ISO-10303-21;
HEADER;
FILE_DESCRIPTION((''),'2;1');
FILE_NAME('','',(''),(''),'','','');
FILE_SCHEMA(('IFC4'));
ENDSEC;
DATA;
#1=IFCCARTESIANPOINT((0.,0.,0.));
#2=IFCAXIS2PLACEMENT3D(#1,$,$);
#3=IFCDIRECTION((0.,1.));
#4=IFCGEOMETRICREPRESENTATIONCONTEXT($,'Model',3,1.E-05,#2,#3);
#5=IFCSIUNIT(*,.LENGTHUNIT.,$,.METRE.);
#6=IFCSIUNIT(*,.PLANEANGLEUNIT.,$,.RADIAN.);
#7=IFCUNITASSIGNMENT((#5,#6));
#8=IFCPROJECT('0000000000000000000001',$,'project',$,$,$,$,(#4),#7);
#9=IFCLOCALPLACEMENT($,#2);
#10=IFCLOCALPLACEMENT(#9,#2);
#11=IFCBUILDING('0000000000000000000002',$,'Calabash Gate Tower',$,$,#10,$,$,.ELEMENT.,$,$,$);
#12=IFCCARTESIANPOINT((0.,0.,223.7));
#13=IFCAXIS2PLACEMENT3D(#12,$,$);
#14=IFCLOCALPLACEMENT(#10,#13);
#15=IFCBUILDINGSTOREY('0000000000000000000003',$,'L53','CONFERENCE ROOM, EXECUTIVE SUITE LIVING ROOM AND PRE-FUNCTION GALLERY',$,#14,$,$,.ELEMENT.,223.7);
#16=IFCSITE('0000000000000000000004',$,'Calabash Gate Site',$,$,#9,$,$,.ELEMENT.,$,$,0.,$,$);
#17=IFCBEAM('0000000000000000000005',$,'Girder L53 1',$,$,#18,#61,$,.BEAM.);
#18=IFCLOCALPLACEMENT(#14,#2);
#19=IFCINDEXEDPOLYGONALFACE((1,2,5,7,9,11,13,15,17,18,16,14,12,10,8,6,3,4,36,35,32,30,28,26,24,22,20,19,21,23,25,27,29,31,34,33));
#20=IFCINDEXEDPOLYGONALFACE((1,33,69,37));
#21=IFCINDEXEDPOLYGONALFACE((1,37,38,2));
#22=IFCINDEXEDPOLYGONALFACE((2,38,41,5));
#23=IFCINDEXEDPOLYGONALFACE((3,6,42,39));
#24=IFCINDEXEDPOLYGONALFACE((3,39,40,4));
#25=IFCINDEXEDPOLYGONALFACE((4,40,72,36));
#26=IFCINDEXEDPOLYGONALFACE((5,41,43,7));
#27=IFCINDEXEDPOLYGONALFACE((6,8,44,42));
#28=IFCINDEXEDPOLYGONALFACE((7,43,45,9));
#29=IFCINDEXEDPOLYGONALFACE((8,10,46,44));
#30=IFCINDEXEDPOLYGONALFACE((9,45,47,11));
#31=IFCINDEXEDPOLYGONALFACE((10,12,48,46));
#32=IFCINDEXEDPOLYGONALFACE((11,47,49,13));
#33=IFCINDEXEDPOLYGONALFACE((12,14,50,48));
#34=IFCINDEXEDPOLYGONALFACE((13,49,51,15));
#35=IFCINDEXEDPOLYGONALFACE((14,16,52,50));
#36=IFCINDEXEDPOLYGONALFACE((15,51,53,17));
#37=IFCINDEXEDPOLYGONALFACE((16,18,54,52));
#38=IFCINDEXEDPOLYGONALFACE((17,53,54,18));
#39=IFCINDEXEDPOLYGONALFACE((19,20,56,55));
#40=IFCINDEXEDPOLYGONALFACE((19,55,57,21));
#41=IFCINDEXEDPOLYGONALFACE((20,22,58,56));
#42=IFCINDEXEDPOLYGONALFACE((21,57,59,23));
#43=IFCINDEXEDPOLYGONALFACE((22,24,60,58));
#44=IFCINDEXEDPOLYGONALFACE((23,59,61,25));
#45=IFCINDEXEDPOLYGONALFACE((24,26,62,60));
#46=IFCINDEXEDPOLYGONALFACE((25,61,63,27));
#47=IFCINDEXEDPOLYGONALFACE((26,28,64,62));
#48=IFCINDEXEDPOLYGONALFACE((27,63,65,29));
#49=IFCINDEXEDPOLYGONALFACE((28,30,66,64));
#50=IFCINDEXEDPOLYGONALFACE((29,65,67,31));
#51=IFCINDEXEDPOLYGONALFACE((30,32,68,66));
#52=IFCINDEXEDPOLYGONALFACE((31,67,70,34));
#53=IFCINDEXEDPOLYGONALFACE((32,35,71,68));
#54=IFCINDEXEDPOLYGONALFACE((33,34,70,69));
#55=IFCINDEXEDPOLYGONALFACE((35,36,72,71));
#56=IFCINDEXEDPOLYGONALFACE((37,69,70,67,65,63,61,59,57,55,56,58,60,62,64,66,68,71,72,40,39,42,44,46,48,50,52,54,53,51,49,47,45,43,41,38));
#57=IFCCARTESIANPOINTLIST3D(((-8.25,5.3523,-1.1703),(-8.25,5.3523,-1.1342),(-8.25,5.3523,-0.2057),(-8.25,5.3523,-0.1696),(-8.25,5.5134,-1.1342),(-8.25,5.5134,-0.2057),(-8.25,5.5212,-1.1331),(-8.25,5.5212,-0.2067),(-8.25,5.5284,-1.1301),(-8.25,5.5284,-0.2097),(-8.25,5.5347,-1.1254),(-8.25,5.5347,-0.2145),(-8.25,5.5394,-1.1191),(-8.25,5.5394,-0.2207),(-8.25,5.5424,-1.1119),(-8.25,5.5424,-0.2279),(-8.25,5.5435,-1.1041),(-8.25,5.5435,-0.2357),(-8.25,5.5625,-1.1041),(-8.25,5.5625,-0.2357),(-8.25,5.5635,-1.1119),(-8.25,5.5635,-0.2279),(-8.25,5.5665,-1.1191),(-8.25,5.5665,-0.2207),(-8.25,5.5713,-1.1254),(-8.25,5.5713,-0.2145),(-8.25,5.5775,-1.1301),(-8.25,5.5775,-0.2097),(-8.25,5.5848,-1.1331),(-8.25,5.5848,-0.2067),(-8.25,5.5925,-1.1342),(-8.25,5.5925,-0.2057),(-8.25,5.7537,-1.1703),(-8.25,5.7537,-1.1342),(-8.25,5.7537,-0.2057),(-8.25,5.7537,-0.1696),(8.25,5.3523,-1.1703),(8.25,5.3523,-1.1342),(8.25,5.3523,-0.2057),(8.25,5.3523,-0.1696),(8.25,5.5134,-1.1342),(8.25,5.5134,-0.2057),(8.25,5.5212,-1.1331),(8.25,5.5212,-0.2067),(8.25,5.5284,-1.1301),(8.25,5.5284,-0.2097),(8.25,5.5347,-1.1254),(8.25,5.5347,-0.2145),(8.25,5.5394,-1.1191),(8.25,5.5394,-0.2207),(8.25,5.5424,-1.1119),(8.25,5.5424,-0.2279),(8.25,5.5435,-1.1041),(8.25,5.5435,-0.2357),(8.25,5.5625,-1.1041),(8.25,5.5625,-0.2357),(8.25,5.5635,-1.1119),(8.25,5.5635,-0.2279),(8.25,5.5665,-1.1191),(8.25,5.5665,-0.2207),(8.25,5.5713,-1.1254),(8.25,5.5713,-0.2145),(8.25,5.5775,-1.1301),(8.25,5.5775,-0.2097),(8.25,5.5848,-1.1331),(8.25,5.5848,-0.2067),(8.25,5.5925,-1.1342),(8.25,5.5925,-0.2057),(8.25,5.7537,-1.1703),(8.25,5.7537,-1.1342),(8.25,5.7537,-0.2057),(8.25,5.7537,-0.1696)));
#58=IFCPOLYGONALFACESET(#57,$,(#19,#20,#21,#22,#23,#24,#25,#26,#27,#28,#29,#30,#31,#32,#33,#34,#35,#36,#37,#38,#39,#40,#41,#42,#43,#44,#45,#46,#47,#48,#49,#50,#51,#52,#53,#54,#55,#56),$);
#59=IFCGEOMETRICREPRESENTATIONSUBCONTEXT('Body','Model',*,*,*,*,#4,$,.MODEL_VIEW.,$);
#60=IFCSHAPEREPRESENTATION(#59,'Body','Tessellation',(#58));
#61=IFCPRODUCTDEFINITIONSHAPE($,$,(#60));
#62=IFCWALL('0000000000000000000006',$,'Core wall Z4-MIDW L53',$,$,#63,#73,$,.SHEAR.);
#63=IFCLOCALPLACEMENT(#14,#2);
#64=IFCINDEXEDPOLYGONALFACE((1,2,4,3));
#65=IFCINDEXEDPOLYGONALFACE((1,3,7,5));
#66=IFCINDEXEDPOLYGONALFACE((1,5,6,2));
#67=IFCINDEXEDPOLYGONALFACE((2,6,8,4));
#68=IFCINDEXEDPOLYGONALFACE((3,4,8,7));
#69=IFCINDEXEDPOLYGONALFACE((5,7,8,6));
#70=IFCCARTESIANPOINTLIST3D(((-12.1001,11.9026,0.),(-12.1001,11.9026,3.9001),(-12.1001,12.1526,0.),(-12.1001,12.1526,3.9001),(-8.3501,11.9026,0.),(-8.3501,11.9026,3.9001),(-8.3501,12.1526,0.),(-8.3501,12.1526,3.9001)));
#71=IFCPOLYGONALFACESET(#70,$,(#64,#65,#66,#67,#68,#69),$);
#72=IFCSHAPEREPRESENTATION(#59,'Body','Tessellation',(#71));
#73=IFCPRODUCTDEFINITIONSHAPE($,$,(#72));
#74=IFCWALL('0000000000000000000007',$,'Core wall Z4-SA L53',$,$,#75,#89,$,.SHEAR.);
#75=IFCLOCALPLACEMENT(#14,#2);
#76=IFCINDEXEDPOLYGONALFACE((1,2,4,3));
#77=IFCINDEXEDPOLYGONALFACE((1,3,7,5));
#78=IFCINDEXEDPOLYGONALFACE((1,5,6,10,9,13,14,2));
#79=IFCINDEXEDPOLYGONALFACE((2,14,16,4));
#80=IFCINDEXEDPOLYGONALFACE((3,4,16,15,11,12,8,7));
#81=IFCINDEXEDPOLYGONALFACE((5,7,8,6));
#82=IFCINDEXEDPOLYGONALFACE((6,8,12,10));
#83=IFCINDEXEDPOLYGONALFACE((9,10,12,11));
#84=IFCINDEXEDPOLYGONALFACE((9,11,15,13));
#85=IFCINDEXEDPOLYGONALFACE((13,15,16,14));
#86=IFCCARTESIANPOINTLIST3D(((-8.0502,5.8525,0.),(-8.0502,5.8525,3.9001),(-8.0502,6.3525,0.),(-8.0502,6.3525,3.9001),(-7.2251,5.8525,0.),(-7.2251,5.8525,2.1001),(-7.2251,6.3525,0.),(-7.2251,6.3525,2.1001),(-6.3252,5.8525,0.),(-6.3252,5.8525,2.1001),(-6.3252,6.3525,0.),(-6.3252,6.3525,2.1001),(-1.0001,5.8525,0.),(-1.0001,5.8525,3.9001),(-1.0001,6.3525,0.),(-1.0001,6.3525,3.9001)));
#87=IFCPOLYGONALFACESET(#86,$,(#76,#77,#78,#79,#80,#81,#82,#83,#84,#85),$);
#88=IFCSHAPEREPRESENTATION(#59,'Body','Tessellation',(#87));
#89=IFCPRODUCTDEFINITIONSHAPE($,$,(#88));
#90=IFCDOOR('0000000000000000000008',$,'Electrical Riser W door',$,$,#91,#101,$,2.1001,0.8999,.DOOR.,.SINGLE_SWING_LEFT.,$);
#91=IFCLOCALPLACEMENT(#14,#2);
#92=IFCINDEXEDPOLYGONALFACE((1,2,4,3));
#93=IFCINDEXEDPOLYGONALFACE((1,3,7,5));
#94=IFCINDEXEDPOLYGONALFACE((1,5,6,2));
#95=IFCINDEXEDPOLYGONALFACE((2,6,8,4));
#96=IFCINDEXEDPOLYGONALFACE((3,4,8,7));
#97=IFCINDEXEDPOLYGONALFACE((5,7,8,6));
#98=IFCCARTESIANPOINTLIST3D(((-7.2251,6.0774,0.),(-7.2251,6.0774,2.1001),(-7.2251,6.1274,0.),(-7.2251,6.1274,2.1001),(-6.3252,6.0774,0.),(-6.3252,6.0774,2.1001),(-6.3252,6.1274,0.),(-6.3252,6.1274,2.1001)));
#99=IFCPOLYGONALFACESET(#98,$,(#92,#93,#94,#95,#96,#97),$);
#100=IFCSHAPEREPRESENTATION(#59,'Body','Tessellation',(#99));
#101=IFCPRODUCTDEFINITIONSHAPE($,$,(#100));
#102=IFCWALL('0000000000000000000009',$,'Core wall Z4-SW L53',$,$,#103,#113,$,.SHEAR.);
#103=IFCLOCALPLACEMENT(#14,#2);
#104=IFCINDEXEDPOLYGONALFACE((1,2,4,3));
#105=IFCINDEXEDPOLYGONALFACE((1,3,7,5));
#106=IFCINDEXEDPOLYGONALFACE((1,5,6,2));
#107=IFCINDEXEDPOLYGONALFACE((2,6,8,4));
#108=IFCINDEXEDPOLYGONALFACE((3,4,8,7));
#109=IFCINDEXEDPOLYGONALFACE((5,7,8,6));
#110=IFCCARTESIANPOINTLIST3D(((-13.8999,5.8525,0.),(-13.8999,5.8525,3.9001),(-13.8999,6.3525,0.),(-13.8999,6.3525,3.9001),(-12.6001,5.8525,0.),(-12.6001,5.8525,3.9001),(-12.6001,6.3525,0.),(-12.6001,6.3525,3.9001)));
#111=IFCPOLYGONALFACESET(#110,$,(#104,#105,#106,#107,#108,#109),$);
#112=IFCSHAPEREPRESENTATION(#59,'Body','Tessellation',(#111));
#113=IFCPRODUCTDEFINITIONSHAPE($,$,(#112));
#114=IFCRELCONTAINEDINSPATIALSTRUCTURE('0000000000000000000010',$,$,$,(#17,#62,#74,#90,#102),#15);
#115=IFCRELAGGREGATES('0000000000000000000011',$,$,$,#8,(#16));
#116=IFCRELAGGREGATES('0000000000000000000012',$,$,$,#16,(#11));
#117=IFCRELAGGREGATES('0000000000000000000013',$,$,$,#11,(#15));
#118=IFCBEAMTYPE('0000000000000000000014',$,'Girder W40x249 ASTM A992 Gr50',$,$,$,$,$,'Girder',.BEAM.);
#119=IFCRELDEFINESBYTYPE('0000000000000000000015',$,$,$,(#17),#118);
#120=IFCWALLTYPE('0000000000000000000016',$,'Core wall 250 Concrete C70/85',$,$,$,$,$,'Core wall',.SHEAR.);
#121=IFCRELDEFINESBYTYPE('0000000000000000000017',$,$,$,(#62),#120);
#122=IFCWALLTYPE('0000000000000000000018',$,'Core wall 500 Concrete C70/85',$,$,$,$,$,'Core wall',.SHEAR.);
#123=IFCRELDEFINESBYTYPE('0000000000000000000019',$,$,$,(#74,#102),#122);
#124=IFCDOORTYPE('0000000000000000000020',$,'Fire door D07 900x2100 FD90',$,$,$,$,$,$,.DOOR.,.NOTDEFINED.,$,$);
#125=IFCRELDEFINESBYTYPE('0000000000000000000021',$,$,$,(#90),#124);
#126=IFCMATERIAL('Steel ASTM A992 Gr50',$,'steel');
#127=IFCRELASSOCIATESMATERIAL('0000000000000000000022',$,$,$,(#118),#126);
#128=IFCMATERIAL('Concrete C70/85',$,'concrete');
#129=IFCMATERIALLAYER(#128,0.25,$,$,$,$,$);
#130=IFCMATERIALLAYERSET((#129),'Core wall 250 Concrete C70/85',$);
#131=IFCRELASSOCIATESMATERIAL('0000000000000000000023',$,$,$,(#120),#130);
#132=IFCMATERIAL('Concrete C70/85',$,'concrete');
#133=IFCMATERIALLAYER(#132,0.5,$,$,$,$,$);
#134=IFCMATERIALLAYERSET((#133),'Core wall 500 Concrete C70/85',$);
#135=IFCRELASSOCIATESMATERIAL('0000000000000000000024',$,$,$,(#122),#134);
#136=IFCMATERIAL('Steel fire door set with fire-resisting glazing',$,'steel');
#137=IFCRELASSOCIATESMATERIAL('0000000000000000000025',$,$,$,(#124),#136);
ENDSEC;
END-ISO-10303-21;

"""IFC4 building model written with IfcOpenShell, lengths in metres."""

from ifc_helpers import new_model, si_unit, direction, frame, frame_2d, origin, origin_2d, place, context, subcontext, project, spatial, rectangle, i_section, extrude, material, layer, layer_set, material_profile, profile_set, type_object, element, fill, save


model = new_model("IFC4")

# Units and contexts
model_context = context("Model", 3, precision=1e-05, world=origin(), true_north=direction((0.0, 1.0)))
body_context = subcontext(model_context, "Body", "Model", "MODEL_VIEW")
ifc_project = project(units=[si_unit("LENGTHUNIT", "METRE"), si_unit("PLANEANGLEUNIT", "RADIAN")], contexts=[model_context])

# Site, building, storey
site_placement = place(None, origin())
site = spatial("IfcSite", under=ifc_project, at=site_placement, Name="Calabash Gate Site", CompositionType="ELEMENT", RefElevation=0.0)
building_placement = place(site_placement, origin())
building = spatial("IfcBuilding", under=site, at=building_placement, Name="Calabash Gate Tower", CompositionType="ELEMENT")
storey_placement = place(building_placement, frame((0.0, 0.0, 223.7)))
storey = spatial("IfcBuildingStorey", under=building, at=storey_placement, Name="L53", Description="CONFERENCE ROOM, EXECUTIVE SUITE LIVING ROOM AND PRE-FUNCTION GALLERY", CompositionType="ELEMENT", Elevation=223.7)

# Beam
ifc_material_1 = material(Name="Steel ASTM A992 Gr50", Category="steel")
ifc_material_profile = material_profile(ifc_material_1, i_section(OverallWidth=0.4014, OverallDepth=1.0007, WebThickness=0.019, FlangeThickness=0.0361, FilletRadius=0.03, at=origin_2d()))
ifc_profile_set = profile_set([ifc_material_profile], Name="Steel ASTM A992 Gr50")
beam_type = type_object("IfcBeamType", Name="Girder W40x249 ASTM A992 Gr50", ElementType="Girder", PredefinedType="BEAM", material=ifc_profile_set)
beam_placement = place(storey_placement, frame((-8.25, 5.553, -0.6699), z_axis=(1.0, 0.0, 0.0), x_axis=(0.0, 1.0, 0.0)))
element("IfcBeam", 1, at=beam_placement, inside=storey, type_object=beam_type, Name="Girder L53 1", PredefinedType="BEAM", context=body_context, shape_type="SweptSolid", body=[
    extrude(i_section(OverallWidth=0.4014, OverallDepth=1.0007, WebThickness=0.019, FlangeThickness=0.0361, FilletRadius=0.03, at=origin_2d()), origin(), (0.0, 0.0, 1.0), 16.5),
])

# Wall
ifc_material_2 = material(Name="Concrete C70/85", Category="concrete")
ifc_layer_1 = layer(ifc_material_2, 0.25)
ifc_layer_set_1 = layer_set([ifc_layer_1], Name="Core wall 250 Concrete C70/85")
wall_type_1 = type_object("IfcWallType", Name="Core wall 250 Concrete C70/85", ElementType="Core wall", PredefinedType="SHEAR", material=ifc_layer_set_1)
wall_1_placement = place(storey_placement, frame((-12.1001, 12.0276, 0.0), z_axis=(0.0, 0.0, 1.0), x_axis=(1.0, 0.0, 0.0)))
element("IfcWall", 2, at=wall_1_placement, inside=storey, type_object=wall_type_1, Name="Core wall Z4-MIDW L53", PredefinedType="SHEAR", context=body_context, shape_type="SweptSolid", body=[
    extrude(rectangle(XDim=3.75, YDim=0.25, at=frame_2d((1.875, 0.0))), origin(), (0.0, 0.0, 1.0), 3.9001),
])

# Wall, opening, door
ifc_material_3 = material(Name="Concrete C70/85", Category="concrete")
ifc_layer_2 = layer(ifc_material_3, 0.5)
ifc_layer_set_2 = layer_set([ifc_layer_2], Name="Core wall 500 Concrete C70/85")
wall_type_2 = type_object("IfcWallType", Name="Core wall 500 Concrete C70/85", ElementType="Core wall", PredefinedType="SHEAR", material=ifc_layer_set_2)
wall_2_placement = place(storey_placement, frame((-8.05, 6.1025, 0.0), z_axis=(0.0, 0.0, 1.0), x_axis=(1.0, 0.0, 0.0)))
wall_2 = element("IfcWall", 3, at=wall_2_placement, inside=storey, type_object=wall_type_2, Name="Core wall Z4-SA L53", PredefinedType="SHEAR", context=body_context, shape_type="SweptSolid", body=[
    extrude(rectangle(XDim=7.05, YDim=0.5, at=frame_2d((3.5249, 0.0))), origin(), (0.0, 0.0, 1.0), 3.9001),
])
opening_1_placement = place(wall_2_placement, frame((0.825, 0.0, 0.0)))
opening_1 = element("IfcOpeningElement", 4, at=opening_1_placement, cuts=wall_2, PredefinedType="OPENING", context=body_context, shape_type="SweptSolid", body=[
    extrude(rectangle(XDim=0.8999, YDim=2.1001, at=frame_2d((0.45, 1.05))), frame((0.0, 0.26, 0.0), z_axis=(0.0, -1.0, 0.0), x_axis=(1.0, 0.0, 0.0)), (0.0, 0.0, 1.0), 0.52),
])
ifc_material_4 = material(Name="Steel fire door set with fire-resisting glazing", Category="steel")
door_type_1 = type_object("IfcDoorType", Name="Fire door D07 900x2100 FD90", OperationType="NOTDEFINED", PredefinedType="DOOR", material=ifc_material_4)
door_1_placement = place(opening_1_placement, origin())
door_1 = element("IfcDoor", 5, at=door_1_placement, inside=storey, type_object=door_type_1, Name="Electrical Riser W door", OperationType="SINGLE_SWING_LEFT", OverallHeight=2.1001, OverallWidth=0.8999, PredefinedType="DOOR", context=body_context, shape_type="SweptSolid", body=[
    extrude(rectangle(XDim=0.8999, YDim=2.1001, at=frame_2d((0.45, 1.05))), frame((0.0, 0.0249, 0.0), z_axis=(0.0, -1.0, 0.0), x_axis=(1.0, 0.0, 0.0)), (0.0, 0.0, 1.0), 0.05),
])
fill(opening_1, door_1)

# Wall
wall_3_placement = place(storey_placement, frame((-12.6001, 6.1025, 0.0), z_axis=(0.0, 0.0, 1.0), x_axis=(-1.0, 0.0, 0.0)))
element("IfcWall", 6, at=wall_3_placement, inside=storey, type_object=wall_type_2, Name="Core wall Z4-SW L53", PredefinedType="SHEAR", context=body_context, shape_type="SweptSolid", body=[
    extrude(rectangle(XDim=1.2998, YDim=0.5, at=frame_2d((0.6499, 0.0))), origin(), (0.0, 0.0, 1.0), 3.9001),
])

save(model, "model.ifc")
